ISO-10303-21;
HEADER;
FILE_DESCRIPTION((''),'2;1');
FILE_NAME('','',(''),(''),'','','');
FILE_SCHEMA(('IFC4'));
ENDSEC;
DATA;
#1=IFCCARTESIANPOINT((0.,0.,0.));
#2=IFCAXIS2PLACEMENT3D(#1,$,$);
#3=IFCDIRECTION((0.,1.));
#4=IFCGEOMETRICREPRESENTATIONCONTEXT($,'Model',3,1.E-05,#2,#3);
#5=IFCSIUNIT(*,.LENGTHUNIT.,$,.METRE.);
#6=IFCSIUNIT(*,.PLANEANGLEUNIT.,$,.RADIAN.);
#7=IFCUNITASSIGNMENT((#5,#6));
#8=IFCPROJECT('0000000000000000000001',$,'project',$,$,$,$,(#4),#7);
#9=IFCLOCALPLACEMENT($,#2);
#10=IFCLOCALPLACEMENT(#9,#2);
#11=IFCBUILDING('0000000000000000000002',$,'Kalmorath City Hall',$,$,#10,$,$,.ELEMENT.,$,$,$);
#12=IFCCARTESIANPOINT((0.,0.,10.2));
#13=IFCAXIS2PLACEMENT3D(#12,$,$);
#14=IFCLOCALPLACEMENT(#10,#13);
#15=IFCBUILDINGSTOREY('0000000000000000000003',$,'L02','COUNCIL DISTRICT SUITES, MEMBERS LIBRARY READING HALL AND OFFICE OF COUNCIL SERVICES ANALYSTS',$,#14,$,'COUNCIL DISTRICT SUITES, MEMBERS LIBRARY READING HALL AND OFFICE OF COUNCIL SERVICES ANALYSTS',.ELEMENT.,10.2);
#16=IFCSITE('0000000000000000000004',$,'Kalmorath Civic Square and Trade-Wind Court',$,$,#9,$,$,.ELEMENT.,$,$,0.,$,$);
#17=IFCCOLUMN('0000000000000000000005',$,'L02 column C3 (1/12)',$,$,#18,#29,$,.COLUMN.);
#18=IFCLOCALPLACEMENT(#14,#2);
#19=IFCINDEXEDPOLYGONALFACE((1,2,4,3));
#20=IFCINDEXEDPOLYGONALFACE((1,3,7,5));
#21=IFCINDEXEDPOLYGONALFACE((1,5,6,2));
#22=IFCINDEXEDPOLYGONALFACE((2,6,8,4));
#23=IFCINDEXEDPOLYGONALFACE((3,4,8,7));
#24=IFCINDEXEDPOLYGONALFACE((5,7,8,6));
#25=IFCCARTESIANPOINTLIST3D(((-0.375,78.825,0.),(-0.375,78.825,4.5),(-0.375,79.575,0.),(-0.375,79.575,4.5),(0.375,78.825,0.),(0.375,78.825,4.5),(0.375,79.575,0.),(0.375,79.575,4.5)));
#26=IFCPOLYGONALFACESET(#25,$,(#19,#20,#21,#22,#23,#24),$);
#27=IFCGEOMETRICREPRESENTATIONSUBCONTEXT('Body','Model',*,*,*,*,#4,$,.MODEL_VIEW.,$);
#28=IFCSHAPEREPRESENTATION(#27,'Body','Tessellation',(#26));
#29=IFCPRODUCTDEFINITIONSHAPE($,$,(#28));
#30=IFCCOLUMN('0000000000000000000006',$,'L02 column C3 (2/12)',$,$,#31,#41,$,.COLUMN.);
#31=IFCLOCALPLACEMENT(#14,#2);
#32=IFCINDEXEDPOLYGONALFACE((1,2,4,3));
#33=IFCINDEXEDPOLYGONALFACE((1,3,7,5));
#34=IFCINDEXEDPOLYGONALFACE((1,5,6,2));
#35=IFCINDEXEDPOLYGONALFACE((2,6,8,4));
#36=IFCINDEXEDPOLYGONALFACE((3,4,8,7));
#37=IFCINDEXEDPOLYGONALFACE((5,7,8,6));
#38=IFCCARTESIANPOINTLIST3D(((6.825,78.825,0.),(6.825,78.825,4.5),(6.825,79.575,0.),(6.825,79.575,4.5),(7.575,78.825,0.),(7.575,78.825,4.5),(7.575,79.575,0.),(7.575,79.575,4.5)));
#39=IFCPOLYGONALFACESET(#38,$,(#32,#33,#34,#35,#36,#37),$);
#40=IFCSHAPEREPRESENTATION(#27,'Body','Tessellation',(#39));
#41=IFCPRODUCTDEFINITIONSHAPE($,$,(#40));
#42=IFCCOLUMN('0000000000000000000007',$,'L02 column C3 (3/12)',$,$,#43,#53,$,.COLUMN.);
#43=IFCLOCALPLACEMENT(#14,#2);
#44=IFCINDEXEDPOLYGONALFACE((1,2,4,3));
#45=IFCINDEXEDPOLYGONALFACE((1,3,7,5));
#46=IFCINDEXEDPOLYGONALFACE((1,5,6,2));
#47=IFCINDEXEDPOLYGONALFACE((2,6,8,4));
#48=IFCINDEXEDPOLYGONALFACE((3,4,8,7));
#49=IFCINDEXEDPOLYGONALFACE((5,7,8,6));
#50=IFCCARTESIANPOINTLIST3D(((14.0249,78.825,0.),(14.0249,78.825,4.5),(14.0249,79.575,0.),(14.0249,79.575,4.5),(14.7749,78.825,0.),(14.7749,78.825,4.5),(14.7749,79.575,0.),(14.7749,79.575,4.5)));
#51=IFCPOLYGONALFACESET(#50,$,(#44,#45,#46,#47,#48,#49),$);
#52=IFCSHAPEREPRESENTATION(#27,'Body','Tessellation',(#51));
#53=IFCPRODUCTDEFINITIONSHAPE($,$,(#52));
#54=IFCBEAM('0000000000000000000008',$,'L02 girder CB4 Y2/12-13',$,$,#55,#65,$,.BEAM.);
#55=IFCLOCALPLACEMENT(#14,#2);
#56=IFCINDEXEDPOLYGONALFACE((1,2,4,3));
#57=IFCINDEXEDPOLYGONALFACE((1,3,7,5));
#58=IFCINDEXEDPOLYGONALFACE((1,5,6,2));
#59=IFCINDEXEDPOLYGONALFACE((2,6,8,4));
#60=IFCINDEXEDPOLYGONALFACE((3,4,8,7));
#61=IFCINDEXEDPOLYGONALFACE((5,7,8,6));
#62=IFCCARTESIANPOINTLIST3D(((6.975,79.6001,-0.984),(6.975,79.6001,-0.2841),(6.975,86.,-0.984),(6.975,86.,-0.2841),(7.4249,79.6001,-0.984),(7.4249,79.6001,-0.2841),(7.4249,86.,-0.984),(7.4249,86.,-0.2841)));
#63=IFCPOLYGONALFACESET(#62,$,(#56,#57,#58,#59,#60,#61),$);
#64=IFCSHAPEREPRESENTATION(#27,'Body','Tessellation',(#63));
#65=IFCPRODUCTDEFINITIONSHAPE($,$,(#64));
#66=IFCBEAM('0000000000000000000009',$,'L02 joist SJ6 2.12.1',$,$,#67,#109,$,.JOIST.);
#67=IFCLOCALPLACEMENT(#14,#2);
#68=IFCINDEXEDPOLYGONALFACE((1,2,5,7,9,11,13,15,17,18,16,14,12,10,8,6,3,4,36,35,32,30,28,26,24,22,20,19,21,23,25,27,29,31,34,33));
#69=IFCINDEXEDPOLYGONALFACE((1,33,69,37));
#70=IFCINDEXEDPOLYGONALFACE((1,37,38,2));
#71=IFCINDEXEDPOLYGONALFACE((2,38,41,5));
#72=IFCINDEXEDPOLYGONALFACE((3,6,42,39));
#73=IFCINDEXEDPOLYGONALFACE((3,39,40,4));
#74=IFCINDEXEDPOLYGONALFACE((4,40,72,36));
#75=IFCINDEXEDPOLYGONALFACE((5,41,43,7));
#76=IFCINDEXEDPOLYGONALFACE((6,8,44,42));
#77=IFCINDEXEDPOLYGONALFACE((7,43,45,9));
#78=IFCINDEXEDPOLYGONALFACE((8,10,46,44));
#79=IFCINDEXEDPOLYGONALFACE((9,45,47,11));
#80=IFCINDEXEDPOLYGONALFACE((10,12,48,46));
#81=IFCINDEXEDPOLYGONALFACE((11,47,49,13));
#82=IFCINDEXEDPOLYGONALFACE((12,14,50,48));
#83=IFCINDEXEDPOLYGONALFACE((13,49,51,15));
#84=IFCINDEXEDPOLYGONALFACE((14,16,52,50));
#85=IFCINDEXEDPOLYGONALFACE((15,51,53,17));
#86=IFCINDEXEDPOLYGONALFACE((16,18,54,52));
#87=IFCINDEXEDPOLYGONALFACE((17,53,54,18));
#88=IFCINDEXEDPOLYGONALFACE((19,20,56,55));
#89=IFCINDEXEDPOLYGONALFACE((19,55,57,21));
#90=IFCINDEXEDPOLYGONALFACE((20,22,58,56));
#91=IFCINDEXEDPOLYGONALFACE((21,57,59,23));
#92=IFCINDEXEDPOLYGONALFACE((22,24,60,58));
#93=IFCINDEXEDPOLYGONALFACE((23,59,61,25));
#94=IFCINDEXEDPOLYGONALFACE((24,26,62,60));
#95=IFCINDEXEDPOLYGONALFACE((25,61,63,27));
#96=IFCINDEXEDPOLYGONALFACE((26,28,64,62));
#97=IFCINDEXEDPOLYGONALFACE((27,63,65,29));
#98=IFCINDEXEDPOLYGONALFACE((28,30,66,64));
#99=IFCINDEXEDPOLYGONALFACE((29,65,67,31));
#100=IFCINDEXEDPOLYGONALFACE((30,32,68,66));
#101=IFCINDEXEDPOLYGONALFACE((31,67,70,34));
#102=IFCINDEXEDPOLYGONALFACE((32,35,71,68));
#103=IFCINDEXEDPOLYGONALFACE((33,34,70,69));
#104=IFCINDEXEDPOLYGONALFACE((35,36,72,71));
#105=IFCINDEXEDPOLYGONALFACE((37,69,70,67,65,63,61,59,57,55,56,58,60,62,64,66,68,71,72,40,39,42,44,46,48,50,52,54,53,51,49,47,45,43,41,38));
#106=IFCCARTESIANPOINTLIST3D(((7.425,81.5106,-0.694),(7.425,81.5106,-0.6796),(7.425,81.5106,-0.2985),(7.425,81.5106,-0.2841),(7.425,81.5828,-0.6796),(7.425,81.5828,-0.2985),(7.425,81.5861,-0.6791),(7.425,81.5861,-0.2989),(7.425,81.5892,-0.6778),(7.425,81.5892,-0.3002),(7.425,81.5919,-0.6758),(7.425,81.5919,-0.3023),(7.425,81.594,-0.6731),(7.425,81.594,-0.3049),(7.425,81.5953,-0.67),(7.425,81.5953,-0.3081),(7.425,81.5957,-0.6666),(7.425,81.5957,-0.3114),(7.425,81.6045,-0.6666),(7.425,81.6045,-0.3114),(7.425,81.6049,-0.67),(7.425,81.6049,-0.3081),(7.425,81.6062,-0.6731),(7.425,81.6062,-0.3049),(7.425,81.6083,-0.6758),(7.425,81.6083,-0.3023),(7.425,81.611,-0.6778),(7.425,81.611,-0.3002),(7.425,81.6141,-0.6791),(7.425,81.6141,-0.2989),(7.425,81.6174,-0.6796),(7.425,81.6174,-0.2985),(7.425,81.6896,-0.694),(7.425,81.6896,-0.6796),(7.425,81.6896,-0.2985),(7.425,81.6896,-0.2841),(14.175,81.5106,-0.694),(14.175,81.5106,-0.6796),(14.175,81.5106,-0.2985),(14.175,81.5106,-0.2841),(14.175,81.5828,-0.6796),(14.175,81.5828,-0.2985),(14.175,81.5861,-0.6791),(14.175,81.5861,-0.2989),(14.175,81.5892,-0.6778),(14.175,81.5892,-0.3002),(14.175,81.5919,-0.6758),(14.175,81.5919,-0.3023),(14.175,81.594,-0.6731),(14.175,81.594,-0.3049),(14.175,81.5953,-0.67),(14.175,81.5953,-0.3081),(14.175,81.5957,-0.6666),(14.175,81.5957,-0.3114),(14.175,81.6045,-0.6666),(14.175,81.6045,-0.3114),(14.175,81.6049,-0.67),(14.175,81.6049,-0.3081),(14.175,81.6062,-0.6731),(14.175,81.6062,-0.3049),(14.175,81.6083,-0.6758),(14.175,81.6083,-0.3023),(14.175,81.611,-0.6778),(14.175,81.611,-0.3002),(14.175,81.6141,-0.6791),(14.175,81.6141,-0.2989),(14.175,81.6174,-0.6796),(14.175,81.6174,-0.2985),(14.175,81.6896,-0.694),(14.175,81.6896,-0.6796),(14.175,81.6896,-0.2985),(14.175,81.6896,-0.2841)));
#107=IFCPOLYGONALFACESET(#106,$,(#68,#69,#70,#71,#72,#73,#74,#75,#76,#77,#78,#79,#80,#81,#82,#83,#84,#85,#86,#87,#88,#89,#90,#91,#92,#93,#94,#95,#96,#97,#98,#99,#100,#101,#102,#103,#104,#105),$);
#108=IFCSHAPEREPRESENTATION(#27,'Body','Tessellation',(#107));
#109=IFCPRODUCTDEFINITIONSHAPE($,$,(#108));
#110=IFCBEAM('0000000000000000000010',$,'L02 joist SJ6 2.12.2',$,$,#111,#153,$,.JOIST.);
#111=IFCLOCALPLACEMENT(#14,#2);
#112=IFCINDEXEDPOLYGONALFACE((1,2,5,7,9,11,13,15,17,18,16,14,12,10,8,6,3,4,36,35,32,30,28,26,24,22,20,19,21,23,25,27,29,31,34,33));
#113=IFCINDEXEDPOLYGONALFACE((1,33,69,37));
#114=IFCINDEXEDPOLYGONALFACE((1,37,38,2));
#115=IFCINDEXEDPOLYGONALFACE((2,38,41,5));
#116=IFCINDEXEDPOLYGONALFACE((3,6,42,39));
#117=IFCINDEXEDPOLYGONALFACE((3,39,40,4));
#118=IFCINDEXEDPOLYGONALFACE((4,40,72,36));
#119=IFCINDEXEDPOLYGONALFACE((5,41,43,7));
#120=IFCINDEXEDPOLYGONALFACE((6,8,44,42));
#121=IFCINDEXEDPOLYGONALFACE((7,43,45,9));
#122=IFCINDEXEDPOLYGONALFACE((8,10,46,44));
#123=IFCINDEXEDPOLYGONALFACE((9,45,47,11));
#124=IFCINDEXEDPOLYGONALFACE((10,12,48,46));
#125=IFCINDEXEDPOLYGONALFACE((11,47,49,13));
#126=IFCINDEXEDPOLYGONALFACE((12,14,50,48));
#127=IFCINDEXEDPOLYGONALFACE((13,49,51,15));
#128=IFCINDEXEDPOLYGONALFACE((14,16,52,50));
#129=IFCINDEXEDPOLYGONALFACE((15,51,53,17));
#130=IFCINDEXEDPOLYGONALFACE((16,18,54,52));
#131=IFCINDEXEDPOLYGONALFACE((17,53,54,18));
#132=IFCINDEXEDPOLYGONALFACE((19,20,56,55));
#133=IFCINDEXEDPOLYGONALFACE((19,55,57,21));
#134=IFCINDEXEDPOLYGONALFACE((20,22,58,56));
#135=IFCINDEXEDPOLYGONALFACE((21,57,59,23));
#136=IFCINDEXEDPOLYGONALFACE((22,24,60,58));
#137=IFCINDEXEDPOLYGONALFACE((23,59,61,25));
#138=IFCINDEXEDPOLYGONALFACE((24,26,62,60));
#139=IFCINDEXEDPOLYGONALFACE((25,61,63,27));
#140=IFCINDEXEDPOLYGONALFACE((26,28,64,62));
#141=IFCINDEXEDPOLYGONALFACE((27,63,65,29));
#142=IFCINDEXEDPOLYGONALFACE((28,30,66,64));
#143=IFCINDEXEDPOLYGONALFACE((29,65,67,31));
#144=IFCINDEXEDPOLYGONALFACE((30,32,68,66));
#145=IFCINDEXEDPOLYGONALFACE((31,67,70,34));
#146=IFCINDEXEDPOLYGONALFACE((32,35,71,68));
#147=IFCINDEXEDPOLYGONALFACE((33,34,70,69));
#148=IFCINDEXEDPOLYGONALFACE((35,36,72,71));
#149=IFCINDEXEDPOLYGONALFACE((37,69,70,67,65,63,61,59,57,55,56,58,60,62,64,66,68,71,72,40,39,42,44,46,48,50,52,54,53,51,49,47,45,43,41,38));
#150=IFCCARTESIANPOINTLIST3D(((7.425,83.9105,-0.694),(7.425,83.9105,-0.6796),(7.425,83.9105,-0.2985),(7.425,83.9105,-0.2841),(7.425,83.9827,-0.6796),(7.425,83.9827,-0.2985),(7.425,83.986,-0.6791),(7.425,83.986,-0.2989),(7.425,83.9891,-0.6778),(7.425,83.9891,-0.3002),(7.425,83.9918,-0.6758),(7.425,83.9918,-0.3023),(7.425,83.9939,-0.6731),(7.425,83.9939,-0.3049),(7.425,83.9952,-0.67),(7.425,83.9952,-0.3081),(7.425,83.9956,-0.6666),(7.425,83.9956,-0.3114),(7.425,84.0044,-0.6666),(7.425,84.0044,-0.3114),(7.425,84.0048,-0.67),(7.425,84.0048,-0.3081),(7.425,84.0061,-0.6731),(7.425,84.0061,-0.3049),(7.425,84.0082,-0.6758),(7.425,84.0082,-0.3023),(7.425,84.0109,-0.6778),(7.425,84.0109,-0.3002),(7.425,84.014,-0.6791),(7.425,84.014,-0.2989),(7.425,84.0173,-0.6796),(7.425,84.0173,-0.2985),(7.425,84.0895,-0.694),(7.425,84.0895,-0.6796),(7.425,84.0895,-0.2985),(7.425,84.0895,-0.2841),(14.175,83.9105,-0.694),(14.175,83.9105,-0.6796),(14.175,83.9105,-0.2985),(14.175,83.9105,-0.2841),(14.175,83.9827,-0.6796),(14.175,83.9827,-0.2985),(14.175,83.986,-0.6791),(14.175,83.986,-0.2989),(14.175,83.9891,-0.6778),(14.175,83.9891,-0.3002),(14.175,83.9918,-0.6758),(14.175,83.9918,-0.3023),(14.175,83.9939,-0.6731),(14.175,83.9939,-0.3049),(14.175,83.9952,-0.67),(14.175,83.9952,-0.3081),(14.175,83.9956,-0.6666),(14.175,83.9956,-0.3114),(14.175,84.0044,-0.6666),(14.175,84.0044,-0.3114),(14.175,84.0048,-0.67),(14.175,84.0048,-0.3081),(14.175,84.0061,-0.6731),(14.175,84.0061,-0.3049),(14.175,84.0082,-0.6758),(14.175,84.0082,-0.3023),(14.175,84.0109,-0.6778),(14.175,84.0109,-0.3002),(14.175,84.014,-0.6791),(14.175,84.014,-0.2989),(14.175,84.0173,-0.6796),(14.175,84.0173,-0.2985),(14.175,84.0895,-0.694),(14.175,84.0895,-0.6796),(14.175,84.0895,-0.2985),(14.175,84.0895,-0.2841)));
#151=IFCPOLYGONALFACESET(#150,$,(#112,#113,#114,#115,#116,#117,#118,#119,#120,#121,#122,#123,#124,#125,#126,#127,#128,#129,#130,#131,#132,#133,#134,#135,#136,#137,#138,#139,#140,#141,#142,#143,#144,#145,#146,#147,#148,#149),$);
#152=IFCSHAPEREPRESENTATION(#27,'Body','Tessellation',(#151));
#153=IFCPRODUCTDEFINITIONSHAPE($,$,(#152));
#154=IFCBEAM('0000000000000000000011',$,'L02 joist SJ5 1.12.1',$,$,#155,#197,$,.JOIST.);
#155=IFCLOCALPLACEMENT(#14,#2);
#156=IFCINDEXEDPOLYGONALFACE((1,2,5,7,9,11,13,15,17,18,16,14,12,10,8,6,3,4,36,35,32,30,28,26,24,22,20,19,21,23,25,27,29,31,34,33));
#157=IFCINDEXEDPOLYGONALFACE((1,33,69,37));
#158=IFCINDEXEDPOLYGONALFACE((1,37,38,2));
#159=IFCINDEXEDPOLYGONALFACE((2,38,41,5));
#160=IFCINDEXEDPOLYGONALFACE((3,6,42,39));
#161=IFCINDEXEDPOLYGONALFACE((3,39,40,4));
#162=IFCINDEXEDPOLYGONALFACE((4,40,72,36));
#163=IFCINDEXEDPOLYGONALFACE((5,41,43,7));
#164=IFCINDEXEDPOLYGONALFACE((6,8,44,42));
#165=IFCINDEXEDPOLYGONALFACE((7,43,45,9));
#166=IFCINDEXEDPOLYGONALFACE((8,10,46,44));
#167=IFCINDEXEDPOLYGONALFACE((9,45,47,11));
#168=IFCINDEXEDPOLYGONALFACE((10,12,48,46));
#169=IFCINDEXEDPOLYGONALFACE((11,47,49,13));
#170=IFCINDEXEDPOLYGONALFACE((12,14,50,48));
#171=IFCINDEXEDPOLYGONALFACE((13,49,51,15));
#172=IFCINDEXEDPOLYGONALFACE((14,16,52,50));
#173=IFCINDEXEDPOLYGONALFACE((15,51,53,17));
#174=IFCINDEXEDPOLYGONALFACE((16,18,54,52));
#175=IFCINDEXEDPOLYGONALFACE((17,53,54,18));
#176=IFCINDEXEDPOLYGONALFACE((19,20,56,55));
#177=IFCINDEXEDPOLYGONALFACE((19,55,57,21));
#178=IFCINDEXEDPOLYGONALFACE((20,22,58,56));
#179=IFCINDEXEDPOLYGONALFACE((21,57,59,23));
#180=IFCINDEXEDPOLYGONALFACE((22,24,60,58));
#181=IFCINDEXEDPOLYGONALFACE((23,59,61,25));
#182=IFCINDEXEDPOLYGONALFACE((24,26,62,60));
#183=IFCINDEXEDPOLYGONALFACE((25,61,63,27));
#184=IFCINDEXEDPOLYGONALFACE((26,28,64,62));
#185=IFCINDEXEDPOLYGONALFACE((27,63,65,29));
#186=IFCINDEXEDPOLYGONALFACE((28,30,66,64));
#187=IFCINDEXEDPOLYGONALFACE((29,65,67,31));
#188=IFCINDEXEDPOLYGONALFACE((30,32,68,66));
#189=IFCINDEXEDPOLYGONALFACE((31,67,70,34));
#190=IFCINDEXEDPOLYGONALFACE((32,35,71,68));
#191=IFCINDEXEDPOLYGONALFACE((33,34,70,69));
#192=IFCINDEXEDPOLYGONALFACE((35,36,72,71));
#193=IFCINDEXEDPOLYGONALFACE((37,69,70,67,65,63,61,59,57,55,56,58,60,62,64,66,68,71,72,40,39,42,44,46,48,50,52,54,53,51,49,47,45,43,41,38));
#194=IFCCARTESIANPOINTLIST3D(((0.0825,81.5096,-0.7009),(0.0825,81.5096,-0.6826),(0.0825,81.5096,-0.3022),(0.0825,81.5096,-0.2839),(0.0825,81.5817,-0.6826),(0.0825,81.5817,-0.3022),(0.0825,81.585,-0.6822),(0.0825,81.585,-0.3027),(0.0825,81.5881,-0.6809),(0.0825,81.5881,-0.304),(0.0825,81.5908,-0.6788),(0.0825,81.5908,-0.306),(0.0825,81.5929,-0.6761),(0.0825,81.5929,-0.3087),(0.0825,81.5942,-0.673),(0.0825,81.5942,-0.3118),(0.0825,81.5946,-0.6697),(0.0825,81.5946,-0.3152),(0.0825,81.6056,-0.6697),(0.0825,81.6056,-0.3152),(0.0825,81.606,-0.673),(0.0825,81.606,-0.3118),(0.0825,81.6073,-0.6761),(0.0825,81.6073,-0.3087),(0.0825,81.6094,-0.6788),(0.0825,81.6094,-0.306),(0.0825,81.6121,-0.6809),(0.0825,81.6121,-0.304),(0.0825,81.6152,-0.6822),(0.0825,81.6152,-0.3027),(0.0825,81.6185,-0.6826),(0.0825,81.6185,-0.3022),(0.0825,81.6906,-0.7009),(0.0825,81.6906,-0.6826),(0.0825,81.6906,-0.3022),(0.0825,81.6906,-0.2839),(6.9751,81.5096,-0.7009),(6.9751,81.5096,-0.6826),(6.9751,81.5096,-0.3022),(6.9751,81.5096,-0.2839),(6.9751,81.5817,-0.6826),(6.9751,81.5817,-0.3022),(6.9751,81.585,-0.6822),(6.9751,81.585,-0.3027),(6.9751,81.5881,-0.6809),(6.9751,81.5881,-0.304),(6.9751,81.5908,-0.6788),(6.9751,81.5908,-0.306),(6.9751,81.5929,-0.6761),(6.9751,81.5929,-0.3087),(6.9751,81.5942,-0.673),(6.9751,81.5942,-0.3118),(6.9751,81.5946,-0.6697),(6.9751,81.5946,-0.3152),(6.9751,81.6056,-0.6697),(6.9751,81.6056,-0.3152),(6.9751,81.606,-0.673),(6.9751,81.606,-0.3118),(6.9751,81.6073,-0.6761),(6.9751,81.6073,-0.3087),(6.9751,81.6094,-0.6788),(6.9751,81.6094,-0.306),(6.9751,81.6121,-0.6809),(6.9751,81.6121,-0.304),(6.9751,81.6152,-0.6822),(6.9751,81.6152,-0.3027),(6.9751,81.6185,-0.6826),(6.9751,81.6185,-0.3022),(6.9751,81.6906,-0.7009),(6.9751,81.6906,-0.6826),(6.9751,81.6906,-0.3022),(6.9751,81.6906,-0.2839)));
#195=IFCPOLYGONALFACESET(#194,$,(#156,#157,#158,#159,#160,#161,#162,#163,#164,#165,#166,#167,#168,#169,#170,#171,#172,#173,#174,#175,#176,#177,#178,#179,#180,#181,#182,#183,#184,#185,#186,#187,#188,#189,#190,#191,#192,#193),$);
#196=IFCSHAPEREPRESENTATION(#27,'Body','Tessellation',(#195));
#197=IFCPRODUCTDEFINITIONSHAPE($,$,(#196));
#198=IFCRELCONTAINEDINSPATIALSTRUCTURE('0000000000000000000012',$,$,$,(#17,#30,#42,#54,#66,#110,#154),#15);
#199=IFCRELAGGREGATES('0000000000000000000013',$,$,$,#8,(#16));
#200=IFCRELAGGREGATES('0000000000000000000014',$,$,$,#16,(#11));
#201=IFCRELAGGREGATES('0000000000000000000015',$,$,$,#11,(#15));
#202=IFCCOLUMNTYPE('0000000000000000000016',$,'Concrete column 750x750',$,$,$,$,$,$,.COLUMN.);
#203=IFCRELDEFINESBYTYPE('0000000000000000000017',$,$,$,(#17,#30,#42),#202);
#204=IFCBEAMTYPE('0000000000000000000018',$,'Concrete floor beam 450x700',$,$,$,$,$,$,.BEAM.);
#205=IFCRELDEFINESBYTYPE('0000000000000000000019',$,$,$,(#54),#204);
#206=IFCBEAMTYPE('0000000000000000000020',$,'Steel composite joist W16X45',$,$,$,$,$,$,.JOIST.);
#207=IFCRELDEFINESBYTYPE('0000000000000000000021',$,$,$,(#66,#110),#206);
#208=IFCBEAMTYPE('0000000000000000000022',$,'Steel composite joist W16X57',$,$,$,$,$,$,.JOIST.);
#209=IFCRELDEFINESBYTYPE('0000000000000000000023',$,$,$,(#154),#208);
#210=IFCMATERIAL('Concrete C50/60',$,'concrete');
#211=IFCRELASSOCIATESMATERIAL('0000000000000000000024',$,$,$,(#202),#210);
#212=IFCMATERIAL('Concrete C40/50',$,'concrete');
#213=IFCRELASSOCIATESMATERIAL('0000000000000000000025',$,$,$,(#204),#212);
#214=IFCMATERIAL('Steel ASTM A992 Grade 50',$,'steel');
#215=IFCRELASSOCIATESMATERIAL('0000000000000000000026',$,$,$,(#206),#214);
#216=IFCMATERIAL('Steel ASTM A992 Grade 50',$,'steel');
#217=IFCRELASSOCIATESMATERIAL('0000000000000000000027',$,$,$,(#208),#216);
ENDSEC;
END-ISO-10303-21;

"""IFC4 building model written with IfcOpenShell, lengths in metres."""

from ifc_helpers import new_model, si_unit, direction, frame, origin, origin_2d, place, context, subcontext, project, spatial, rectangle, i_section, extrude, material, material_profile, profile_set, type_object, element, save


model = new_model("IFC4")

# Units and contexts
model_context = context("Model", 3, precision=1e-05, world=origin(), true_north=direction((0.0, 1.0)))
body_context = subcontext(model_context, "Body", "Model", "MODEL_VIEW")
ifc_project = project(units=[si_unit("LENGTHUNIT", "METRE"), si_unit("PLANEANGLEUNIT", "RADIAN")], contexts=[model_context])

# Site, building, storey
site_placement = place(None, origin())
site = spatial("IfcSite", under=ifc_project, at=site_placement, Name="Kalmorath Civic Square and Trade-Wind Court", CompositionType="ELEMENT", RefElevation=0.0)
building_placement = place(site_placement, origin())
building = spatial("IfcBuilding", under=site, at=building_placement, Name="Kalmorath City Hall", CompositionType="ELEMENT")
storey_placement = place(building_placement, frame((0.0, 0.0, 10.2)))
storey = spatial("IfcBuildingStorey", under=building, at=storey_placement, Name="L02", Description="COUNCIL DISTRICT SUITES, MEMBERS LIBRARY READING HALL AND OFFICE OF COUNCIL SERVICES ANALYSTS", LongName="COUNCIL DISTRICT SUITES, MEMBERS LIBRARY READING HALL AND OFFICE OF COUNCIL SERVICES ANALYSTS", CompositionType="ELEMENT", Elevation=10.2)

# Columns
ifc_material_1 = material(Name="Concrete C50/60", Category="concrete")
ifc_material_profile_1 = material_profile(ifc_material_1, rectangle(XDim=0.75, YDim=0.75, at=origin_2d()), Name="RC-COL-750X750")
ifc_profile_set_1 = profile_set([ifc_material_profile_1], Name="Concrete C50/60")
column_type = type_object("IfcColumnType", Name="Concrete column 750x750", PredefinedType="COLUMN", material=ifc_profile_set_1)
for number, where, z_axis, x_axis, name in (
    (1, (0.0, 79.2, 0.0), (0.0, 0.0, 1.0), (1.0, 0.0, 0.0), "L02 column C3 (1/12)"),
    (2, (7.2, 79.2, 0.0), (0.0, 0.0, 1.0), (1.0, 0.0, 0.0), "L02 column C3 (2/12)"),
    (3, (14.3999, 79.2, 0.0), (0.0, 0.0, 1.0), (1.0, 0.0, 0.0), "L02 column C3 (3/12)"),
):
    element("IfcColumn", number, at=place(storey_placement, frame(where, z_axis=z_axis, x_axis=x_axis)), inside=storey, type_object=column_type, Name=name, PredefinedType="COLUMN", context=body_context, shape_type="SweptSolid", body=[
        extrude(rectangle(XDim=0.75, YDim=0.75, at=origin_2d()), origin(), (0.0, 0.0, 1.0), 4.5),
    ])

# Beams
ifc_material_2 = material(Name="Concrete C40/50", Category="concrete")
ifc_material_profile_2 = material_profile(ifc_material_2, rectangle(XDim=0.45, YDim=0.7, at=origin_2d()), Name="RC-BM-450X700")
ifc_profile_set_2 = profile_set([ifc_material_profile_2], Name="Concrete C40/50")
beam_type_1 = type_object("IfcBeamType", Name="Concrete floor beam 450x700", PredefinedType="BEAM", material=ifc_profile_set_2)
beam_1_placement = place(storey_placement, frame((7.2, 79.6001, -0.634), z_axis=(0.0, 1.0, 0.0), x_axis=(-1.0, 0.0, 0.0)))
element("IfcBeam", 4, at=beam_1_placement, inside=storey, type_object=beam_type_1, Name="L02 girder CB4 Y2/12-13", PredefinedType="BEAM", context=body_context, shape_type="SweptSolid", body=[
    extrude(rectangle(XDim=0.45, YDim=0.7, at=origin_2d()), origin(), (0.0, 0.0, 1.0), 6.3999),
])
ifc_material_3 = material(Name="Steel ASTM A992 Grade 50", Category="steel")
ifc_material_profile_3 = material_profile(ifc_material_3, i_section(OverallWidth=0.179, OverallDepth=0.4099, WebThickness=0.0088, FlangeThickness=0.0144, FilletRadius=0.0129, at=origin_2d()), Name="W16X45")
ifc_profile_set_3 = profile_set([ifc_material_profile_3], Name="Steel ASTM A992 Grade 50")
beam_type_2 = type_object("IfcBeamType", Name="Steel composite joist W16X45", PredefinedType="JOIST", material=ifc_profile_set_3)
for number, where, z_axis, x_axis, name in (
    (5, (7.425, 81.6001, -0.489), (1.0, 0.0, 0.0), (0.0, 1.0, 0.0), "L02 joist SJ6 2.12.1"),
    (6, (7.425, 84.0, -0.489), (1.0, 0.0, 0.0), (0.0, 1.0, 0.0), "L02 joist SJ6 2.12.2"),
):
    element("IfcBeam", number, at=place(storey_placement, frame(where, z_axis=z_axis, x_axis=x_axis)), inside=storey, type_object=beam_type_2, Name=name, PredefinedType="JOIST", context=body_context, shape_type="SweptSolid", body=[
        extrude(i_section(OverallWidth=0.179, OverallDepth=0.4099, WebThickness=0.0088, FlangeThickness=0.0144, FilletRadius=0.0129, at=origin_2d()), origin(), (0.0, 0.0, 1.0), 6.75),
    ])
ifc_material_4 = material(Name="Steel ASTM A992 Grade 50", Category="steel")
ifc_material_profile_4 = material_profile(ifc_material_4, i_section(OverallWidth=0.1809, OverallDepth=0.417, WebThickness=0.011, FlangeThickness=0.0183, FilletRadius=0.0129, at=origin_2d()), Name="W16X57")
ifc_profile_set_4 = profile_set([ifc_material_profile_4], Name="Steel ASTM A992 Grade 50")
beam_type_3 = type_object("IfcBeamType", Name="Steel composite joist W16X57", PredefinedType="JOIST", material=ifc_profile_set_4)
for number, where, z_axis, x_axis, name in (
    (7, (0.0825, 81.6001, -0.4924), (1.0, 0.0, 0.0), (0.0, 1.0, 0.0), "L02 joist SJ5 1.12.1"),
):
    element("IfcBeam", number, at=place(storey_placement, frame(where, z_axis=z_axis, x_axis=x_axis)), inside=storey, type_object=beam_type_3, Name=name, PredefinedType="JOIST", context=body_context, shape_type="SweptSolid", body=[
        extrude(i_section(OverallWidth=0.1809, OverallDepth=0.417, WebThickness=0.011, FlangeThickness=0.0183, FilletRadius=0.0129, at=origin_2d()), origin(), (0.0, 0.0, 1.0), 6.8926),
    ])

save(model, "model.ifc")
